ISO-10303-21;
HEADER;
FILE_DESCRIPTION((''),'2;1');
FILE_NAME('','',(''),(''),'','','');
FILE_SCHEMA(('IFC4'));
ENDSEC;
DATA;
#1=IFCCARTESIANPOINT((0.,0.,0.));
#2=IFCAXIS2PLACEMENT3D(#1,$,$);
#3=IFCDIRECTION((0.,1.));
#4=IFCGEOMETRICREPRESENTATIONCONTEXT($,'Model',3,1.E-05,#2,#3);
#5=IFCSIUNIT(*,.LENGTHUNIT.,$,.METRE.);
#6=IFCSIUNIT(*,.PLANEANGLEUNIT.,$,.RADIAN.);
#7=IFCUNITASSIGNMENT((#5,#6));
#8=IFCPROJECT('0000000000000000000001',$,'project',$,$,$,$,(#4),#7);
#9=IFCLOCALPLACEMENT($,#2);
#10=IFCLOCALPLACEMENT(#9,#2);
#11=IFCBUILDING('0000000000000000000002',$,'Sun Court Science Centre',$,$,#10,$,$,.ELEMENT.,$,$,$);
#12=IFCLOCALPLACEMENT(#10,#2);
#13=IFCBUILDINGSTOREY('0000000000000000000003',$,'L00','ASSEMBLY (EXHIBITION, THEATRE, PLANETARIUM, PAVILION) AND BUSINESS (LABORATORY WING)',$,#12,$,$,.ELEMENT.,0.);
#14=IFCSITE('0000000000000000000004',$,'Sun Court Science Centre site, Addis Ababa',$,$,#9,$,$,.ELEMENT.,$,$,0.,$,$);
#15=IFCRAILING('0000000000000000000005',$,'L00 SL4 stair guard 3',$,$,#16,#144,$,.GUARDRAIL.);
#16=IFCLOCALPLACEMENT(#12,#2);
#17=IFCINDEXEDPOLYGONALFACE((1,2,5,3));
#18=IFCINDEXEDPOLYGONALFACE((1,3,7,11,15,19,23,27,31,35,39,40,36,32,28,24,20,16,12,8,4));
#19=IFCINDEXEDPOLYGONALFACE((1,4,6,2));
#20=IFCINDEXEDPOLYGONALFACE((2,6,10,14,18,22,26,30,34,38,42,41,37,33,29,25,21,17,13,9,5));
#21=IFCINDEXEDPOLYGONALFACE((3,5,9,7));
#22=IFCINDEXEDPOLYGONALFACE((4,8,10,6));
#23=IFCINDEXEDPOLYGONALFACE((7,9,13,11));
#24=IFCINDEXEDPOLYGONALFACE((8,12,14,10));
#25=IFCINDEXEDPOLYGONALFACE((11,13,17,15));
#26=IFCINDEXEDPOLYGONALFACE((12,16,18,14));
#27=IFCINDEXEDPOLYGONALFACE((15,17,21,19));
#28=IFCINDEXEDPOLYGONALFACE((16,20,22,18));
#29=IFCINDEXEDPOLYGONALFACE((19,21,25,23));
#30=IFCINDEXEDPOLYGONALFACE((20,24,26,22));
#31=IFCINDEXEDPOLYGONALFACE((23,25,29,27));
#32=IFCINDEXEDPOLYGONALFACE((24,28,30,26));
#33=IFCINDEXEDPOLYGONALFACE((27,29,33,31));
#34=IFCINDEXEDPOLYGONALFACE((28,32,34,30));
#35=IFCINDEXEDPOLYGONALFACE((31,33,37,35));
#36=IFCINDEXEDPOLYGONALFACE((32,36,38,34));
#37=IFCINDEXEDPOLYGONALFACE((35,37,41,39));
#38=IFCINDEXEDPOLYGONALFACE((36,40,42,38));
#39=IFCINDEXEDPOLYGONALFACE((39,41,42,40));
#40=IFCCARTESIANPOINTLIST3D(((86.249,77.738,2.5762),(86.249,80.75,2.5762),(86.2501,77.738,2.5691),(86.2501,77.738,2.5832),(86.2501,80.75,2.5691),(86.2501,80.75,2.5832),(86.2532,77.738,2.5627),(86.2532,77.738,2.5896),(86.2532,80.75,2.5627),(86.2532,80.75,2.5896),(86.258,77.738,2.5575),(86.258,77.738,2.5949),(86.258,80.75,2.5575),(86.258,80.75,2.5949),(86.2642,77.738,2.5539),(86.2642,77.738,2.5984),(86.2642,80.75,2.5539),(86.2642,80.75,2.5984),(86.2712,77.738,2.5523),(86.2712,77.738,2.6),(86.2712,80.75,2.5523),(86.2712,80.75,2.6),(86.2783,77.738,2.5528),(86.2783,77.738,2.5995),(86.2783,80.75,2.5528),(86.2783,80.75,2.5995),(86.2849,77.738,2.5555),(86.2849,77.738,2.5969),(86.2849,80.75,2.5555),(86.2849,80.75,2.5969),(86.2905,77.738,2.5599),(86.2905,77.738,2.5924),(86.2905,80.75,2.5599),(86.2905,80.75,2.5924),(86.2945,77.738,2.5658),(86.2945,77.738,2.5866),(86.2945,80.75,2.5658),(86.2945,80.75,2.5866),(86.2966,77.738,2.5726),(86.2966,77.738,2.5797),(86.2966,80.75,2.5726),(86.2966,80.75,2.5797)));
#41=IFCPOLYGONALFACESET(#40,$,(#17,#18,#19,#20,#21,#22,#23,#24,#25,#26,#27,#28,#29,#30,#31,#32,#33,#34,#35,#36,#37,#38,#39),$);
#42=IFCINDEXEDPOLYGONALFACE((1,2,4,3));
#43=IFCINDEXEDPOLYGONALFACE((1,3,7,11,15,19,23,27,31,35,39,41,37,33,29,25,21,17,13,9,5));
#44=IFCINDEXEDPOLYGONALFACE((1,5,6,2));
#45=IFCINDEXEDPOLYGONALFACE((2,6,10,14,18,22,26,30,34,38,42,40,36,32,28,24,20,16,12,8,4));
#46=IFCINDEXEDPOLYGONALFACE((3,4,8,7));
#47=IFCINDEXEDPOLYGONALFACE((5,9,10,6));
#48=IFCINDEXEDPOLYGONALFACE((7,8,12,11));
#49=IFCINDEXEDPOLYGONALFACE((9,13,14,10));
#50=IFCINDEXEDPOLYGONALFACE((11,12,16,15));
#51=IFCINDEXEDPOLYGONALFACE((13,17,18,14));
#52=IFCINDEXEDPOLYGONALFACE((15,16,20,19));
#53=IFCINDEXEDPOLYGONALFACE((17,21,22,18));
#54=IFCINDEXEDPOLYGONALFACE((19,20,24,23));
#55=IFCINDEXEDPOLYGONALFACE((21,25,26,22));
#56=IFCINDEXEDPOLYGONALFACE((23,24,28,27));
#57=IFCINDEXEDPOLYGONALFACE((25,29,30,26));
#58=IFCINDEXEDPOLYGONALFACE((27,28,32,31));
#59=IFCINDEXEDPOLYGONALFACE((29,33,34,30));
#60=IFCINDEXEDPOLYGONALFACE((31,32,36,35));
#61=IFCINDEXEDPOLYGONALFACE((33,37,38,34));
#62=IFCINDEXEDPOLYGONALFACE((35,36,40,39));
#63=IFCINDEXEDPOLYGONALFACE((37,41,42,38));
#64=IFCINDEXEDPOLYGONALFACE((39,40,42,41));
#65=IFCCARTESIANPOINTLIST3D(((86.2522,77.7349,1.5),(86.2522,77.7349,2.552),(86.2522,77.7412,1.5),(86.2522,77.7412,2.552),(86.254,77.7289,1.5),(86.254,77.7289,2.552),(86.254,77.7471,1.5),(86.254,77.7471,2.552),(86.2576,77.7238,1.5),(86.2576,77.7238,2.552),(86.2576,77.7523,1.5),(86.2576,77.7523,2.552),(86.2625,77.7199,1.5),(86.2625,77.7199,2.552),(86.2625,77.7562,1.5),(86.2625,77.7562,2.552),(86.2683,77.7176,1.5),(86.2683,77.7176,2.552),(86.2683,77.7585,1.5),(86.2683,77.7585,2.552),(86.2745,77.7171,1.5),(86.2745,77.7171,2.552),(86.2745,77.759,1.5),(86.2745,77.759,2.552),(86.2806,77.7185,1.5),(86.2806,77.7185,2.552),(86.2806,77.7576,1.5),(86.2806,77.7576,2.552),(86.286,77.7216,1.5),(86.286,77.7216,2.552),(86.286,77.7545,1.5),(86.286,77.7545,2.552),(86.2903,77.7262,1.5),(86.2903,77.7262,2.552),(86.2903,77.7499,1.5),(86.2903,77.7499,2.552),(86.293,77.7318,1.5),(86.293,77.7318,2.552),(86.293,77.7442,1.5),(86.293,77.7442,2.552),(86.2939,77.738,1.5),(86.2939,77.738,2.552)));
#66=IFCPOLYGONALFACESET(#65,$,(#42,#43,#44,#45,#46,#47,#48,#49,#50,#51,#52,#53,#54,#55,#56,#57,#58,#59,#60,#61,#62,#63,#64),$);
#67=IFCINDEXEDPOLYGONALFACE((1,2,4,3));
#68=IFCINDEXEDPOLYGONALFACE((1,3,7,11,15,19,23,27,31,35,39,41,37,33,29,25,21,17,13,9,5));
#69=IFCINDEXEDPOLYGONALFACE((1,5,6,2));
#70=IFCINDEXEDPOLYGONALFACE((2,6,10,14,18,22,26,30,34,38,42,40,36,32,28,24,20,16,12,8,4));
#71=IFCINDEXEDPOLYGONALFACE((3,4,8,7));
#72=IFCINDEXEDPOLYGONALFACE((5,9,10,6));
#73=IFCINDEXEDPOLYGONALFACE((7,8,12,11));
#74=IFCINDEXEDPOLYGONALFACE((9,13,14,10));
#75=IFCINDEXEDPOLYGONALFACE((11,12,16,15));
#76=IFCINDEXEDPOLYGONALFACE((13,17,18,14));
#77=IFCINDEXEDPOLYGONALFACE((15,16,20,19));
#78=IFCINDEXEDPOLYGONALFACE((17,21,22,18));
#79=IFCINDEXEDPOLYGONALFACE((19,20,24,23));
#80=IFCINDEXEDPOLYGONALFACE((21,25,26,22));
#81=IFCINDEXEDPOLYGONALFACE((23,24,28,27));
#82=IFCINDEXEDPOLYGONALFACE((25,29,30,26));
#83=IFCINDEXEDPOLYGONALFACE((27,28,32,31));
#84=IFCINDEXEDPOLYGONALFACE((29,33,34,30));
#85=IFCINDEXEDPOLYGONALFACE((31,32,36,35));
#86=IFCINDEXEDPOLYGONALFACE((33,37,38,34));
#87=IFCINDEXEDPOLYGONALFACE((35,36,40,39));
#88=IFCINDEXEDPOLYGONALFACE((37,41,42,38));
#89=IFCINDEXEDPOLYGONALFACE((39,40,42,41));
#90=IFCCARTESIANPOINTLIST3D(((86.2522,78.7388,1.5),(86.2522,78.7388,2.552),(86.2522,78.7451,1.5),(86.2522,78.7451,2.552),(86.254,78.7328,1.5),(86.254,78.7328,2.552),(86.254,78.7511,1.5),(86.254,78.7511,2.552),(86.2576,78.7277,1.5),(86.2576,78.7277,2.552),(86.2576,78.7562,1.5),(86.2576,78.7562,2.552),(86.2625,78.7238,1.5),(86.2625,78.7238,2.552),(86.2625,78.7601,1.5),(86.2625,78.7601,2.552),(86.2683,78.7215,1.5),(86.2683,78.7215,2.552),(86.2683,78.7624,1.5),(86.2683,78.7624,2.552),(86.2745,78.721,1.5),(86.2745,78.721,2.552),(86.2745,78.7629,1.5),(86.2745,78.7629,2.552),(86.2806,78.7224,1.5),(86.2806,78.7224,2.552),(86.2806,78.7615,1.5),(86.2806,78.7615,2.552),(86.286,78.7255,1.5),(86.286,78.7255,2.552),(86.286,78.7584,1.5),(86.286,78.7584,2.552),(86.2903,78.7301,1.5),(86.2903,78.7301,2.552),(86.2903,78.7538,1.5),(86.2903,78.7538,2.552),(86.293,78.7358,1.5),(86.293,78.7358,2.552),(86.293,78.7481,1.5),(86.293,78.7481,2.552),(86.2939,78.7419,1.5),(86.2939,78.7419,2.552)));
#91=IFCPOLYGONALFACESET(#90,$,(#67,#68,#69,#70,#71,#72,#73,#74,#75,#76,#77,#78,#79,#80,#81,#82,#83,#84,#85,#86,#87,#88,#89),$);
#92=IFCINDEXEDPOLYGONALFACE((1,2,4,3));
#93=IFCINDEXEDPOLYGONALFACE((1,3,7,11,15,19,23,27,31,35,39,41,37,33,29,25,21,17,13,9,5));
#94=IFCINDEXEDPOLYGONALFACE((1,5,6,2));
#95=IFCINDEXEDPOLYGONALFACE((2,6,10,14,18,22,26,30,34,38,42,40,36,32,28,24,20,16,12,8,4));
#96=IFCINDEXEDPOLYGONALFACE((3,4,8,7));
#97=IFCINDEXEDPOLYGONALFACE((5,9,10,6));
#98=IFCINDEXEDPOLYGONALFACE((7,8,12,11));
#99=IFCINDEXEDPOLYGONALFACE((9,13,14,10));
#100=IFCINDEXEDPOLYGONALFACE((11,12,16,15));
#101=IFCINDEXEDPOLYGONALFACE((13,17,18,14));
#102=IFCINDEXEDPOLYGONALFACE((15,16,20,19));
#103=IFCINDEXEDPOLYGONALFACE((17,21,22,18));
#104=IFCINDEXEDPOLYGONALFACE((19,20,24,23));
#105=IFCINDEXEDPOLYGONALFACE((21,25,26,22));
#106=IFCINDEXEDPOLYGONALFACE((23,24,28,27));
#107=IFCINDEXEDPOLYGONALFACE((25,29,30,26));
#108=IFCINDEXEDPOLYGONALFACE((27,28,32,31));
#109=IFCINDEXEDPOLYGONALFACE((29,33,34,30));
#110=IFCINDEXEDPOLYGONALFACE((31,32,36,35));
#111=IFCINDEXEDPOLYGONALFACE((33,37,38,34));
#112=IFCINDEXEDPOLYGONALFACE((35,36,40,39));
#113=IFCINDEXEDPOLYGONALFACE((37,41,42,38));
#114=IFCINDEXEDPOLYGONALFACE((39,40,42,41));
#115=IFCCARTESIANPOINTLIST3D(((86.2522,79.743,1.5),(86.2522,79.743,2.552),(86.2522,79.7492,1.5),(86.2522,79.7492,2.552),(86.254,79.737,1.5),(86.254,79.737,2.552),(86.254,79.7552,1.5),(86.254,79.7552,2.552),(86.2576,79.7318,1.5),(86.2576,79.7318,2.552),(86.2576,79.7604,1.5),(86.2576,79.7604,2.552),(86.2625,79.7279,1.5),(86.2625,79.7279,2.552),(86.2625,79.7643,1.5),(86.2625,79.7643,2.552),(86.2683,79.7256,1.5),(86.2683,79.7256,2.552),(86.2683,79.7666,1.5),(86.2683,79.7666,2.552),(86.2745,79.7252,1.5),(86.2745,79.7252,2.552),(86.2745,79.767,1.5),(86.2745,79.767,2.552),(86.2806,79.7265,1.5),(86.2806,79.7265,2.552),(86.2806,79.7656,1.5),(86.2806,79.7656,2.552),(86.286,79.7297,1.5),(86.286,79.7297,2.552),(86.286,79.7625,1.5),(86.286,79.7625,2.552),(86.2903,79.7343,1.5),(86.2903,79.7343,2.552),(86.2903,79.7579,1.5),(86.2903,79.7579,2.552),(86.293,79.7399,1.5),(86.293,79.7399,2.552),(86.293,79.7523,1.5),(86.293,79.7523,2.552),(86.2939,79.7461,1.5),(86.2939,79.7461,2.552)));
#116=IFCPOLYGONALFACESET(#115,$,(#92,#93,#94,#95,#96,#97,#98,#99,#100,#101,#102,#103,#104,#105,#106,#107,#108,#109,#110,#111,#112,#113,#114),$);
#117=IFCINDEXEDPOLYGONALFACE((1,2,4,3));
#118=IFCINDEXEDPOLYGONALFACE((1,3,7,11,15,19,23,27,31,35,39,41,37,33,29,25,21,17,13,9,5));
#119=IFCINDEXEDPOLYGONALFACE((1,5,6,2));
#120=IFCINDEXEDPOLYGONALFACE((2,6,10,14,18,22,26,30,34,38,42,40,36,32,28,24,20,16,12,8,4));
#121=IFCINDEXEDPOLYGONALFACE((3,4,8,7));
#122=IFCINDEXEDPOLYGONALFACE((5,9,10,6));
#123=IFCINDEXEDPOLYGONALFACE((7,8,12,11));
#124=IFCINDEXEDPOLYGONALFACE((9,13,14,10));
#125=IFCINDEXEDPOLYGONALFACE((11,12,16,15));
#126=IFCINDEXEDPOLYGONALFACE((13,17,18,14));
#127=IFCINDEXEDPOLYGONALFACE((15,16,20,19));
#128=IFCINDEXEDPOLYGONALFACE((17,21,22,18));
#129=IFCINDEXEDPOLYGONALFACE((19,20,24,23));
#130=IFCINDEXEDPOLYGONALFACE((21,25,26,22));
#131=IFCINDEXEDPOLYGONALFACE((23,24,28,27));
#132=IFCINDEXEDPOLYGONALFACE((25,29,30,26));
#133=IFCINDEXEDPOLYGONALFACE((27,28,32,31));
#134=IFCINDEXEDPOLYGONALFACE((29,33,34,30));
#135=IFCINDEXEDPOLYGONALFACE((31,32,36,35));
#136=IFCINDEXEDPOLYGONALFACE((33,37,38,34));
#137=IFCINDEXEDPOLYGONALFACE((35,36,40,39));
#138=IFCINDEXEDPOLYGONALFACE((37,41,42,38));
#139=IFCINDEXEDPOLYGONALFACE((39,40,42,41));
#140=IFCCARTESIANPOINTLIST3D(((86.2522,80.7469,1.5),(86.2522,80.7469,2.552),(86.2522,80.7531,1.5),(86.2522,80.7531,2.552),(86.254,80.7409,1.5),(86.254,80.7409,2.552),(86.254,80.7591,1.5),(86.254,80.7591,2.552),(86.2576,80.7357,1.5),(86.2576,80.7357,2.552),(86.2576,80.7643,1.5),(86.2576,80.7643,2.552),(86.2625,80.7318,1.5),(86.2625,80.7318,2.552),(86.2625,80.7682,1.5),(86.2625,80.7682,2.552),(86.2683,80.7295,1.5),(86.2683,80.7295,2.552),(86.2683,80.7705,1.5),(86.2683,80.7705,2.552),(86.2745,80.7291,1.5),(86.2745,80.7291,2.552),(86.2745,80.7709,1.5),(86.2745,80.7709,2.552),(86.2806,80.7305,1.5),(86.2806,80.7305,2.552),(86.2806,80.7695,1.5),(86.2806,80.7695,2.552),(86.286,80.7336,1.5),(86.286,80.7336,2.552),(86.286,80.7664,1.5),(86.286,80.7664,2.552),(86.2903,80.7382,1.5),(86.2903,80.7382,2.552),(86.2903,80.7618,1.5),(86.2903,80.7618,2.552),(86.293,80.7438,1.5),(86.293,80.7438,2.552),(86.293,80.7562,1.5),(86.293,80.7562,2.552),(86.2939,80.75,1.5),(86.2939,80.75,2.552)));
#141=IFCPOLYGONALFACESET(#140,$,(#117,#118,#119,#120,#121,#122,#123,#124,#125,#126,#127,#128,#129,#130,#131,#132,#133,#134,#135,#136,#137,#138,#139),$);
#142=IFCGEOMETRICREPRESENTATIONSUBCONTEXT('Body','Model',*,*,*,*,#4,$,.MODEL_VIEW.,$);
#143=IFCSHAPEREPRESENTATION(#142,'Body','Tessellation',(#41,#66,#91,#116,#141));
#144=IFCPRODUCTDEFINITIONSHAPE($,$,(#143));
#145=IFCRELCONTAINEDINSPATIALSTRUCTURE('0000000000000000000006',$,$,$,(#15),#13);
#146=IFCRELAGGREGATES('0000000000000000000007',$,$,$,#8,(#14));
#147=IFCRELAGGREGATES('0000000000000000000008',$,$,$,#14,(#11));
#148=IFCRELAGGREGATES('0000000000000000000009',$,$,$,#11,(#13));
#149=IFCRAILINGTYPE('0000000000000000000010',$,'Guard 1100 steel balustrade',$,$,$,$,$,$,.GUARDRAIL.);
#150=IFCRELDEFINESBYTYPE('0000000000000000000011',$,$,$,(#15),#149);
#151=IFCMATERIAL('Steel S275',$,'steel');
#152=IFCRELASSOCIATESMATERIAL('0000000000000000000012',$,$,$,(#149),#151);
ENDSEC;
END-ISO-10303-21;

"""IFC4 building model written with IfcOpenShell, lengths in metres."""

from ifc_helpers import new_model, si_unit, direction, frame, origin, origin_2d, place, context, subcontext, project, spatial, circle, extrude, material, type_object, element, save


model = new_model("IFC4")

# Units and contexts
model_context = context("Model", 3, precision=1e-05, world=origin(), true_north=direction((0.0, 1.0)))
body_context = subcontext(model_context, "Body", "Model", "MODEL_VIEW")
ifc_project = project(units=[si_unit("LENGTHUNIT", "METRE"), si_unit("PLANEANGLEUNIT", "RADIAN")], contexts=[model_context])

# Site, building, storey
site_placement = place(None, origin())
site = spatial("IfcSite", under=ifc_project, at=site_placement, Name="Sun Court Science Centre site, Addis Ababa", CompositionType="ELEMENT", RefElevation=0.0)
building_placement = place(site_placement, origin())
building = spatial("IfcBuilding", under=site, at=building_placement, Name="Sun Court Science Centre", CompositionType="ELEMENT")
storey_placement = place(building_placement, origin())
storey = spatial("IfcBuildingStorey", under=building, at=storey_placement, Name="L00", Description="ASSEMBLY (EXHIBITION, THEATRE, PLANETARIUM, PAVILION) AND BUSINESS (LABORATORY WING)", CompositionType="ELEMENT", Elevation=0.0)

# Railing
ifc_material_1 = material(Name="Steel S275", Category="steel")
railing_type_1 = type_object("IfcRailingType", Name="Guard 1100 steel balustrade", PredefinedType="GUARDRAIL", material=ifc_material_1)
railing_1_placement = place(storey_placement, frame((86.2729, 77.738, 1.5)))
element("IfcRailing", 1, at=railing_1_placement, inside=storey, type_object=railing_type_1, Name="L00 SL4 stair guard 3", PredefinedType="GUARDRAIL", context=body_context, shape_type="SweptSolid", body=[
    extrude(circle(Radius=0.0239, at=origin_2d()), frame((0.0, 0.0, 1.0762), z_axis=(0.0, 1.0, 0.0), x_axis=(-1.0, 0.0, 0.0)), (0.0, 0.0, 1.0), 3.012),
    extrude(circle(Radius=0.021, at=origin_2d()), origin(), (0.0, 0.0, 1.0), 1.052),
    extrude(circle(Radius=0.021, at=origin_2d()), frame((0.0, 1.0039, 0.0)), (0.0, 0.0, 1.0), 1.052),
    extrude(circle(Radius=0.021, at=origin_2d()), frame((0.0, 2.0081, 0.0)), (0.0, 0.0, 1.0), 1.052),
    extrude(circle(Radius=0.021, at=origin_2d()), frame((0.0, 3.012, 0.0)), (0.0, 0.0, 1.0), 1.052),
])

save(model, "model.ifc")
